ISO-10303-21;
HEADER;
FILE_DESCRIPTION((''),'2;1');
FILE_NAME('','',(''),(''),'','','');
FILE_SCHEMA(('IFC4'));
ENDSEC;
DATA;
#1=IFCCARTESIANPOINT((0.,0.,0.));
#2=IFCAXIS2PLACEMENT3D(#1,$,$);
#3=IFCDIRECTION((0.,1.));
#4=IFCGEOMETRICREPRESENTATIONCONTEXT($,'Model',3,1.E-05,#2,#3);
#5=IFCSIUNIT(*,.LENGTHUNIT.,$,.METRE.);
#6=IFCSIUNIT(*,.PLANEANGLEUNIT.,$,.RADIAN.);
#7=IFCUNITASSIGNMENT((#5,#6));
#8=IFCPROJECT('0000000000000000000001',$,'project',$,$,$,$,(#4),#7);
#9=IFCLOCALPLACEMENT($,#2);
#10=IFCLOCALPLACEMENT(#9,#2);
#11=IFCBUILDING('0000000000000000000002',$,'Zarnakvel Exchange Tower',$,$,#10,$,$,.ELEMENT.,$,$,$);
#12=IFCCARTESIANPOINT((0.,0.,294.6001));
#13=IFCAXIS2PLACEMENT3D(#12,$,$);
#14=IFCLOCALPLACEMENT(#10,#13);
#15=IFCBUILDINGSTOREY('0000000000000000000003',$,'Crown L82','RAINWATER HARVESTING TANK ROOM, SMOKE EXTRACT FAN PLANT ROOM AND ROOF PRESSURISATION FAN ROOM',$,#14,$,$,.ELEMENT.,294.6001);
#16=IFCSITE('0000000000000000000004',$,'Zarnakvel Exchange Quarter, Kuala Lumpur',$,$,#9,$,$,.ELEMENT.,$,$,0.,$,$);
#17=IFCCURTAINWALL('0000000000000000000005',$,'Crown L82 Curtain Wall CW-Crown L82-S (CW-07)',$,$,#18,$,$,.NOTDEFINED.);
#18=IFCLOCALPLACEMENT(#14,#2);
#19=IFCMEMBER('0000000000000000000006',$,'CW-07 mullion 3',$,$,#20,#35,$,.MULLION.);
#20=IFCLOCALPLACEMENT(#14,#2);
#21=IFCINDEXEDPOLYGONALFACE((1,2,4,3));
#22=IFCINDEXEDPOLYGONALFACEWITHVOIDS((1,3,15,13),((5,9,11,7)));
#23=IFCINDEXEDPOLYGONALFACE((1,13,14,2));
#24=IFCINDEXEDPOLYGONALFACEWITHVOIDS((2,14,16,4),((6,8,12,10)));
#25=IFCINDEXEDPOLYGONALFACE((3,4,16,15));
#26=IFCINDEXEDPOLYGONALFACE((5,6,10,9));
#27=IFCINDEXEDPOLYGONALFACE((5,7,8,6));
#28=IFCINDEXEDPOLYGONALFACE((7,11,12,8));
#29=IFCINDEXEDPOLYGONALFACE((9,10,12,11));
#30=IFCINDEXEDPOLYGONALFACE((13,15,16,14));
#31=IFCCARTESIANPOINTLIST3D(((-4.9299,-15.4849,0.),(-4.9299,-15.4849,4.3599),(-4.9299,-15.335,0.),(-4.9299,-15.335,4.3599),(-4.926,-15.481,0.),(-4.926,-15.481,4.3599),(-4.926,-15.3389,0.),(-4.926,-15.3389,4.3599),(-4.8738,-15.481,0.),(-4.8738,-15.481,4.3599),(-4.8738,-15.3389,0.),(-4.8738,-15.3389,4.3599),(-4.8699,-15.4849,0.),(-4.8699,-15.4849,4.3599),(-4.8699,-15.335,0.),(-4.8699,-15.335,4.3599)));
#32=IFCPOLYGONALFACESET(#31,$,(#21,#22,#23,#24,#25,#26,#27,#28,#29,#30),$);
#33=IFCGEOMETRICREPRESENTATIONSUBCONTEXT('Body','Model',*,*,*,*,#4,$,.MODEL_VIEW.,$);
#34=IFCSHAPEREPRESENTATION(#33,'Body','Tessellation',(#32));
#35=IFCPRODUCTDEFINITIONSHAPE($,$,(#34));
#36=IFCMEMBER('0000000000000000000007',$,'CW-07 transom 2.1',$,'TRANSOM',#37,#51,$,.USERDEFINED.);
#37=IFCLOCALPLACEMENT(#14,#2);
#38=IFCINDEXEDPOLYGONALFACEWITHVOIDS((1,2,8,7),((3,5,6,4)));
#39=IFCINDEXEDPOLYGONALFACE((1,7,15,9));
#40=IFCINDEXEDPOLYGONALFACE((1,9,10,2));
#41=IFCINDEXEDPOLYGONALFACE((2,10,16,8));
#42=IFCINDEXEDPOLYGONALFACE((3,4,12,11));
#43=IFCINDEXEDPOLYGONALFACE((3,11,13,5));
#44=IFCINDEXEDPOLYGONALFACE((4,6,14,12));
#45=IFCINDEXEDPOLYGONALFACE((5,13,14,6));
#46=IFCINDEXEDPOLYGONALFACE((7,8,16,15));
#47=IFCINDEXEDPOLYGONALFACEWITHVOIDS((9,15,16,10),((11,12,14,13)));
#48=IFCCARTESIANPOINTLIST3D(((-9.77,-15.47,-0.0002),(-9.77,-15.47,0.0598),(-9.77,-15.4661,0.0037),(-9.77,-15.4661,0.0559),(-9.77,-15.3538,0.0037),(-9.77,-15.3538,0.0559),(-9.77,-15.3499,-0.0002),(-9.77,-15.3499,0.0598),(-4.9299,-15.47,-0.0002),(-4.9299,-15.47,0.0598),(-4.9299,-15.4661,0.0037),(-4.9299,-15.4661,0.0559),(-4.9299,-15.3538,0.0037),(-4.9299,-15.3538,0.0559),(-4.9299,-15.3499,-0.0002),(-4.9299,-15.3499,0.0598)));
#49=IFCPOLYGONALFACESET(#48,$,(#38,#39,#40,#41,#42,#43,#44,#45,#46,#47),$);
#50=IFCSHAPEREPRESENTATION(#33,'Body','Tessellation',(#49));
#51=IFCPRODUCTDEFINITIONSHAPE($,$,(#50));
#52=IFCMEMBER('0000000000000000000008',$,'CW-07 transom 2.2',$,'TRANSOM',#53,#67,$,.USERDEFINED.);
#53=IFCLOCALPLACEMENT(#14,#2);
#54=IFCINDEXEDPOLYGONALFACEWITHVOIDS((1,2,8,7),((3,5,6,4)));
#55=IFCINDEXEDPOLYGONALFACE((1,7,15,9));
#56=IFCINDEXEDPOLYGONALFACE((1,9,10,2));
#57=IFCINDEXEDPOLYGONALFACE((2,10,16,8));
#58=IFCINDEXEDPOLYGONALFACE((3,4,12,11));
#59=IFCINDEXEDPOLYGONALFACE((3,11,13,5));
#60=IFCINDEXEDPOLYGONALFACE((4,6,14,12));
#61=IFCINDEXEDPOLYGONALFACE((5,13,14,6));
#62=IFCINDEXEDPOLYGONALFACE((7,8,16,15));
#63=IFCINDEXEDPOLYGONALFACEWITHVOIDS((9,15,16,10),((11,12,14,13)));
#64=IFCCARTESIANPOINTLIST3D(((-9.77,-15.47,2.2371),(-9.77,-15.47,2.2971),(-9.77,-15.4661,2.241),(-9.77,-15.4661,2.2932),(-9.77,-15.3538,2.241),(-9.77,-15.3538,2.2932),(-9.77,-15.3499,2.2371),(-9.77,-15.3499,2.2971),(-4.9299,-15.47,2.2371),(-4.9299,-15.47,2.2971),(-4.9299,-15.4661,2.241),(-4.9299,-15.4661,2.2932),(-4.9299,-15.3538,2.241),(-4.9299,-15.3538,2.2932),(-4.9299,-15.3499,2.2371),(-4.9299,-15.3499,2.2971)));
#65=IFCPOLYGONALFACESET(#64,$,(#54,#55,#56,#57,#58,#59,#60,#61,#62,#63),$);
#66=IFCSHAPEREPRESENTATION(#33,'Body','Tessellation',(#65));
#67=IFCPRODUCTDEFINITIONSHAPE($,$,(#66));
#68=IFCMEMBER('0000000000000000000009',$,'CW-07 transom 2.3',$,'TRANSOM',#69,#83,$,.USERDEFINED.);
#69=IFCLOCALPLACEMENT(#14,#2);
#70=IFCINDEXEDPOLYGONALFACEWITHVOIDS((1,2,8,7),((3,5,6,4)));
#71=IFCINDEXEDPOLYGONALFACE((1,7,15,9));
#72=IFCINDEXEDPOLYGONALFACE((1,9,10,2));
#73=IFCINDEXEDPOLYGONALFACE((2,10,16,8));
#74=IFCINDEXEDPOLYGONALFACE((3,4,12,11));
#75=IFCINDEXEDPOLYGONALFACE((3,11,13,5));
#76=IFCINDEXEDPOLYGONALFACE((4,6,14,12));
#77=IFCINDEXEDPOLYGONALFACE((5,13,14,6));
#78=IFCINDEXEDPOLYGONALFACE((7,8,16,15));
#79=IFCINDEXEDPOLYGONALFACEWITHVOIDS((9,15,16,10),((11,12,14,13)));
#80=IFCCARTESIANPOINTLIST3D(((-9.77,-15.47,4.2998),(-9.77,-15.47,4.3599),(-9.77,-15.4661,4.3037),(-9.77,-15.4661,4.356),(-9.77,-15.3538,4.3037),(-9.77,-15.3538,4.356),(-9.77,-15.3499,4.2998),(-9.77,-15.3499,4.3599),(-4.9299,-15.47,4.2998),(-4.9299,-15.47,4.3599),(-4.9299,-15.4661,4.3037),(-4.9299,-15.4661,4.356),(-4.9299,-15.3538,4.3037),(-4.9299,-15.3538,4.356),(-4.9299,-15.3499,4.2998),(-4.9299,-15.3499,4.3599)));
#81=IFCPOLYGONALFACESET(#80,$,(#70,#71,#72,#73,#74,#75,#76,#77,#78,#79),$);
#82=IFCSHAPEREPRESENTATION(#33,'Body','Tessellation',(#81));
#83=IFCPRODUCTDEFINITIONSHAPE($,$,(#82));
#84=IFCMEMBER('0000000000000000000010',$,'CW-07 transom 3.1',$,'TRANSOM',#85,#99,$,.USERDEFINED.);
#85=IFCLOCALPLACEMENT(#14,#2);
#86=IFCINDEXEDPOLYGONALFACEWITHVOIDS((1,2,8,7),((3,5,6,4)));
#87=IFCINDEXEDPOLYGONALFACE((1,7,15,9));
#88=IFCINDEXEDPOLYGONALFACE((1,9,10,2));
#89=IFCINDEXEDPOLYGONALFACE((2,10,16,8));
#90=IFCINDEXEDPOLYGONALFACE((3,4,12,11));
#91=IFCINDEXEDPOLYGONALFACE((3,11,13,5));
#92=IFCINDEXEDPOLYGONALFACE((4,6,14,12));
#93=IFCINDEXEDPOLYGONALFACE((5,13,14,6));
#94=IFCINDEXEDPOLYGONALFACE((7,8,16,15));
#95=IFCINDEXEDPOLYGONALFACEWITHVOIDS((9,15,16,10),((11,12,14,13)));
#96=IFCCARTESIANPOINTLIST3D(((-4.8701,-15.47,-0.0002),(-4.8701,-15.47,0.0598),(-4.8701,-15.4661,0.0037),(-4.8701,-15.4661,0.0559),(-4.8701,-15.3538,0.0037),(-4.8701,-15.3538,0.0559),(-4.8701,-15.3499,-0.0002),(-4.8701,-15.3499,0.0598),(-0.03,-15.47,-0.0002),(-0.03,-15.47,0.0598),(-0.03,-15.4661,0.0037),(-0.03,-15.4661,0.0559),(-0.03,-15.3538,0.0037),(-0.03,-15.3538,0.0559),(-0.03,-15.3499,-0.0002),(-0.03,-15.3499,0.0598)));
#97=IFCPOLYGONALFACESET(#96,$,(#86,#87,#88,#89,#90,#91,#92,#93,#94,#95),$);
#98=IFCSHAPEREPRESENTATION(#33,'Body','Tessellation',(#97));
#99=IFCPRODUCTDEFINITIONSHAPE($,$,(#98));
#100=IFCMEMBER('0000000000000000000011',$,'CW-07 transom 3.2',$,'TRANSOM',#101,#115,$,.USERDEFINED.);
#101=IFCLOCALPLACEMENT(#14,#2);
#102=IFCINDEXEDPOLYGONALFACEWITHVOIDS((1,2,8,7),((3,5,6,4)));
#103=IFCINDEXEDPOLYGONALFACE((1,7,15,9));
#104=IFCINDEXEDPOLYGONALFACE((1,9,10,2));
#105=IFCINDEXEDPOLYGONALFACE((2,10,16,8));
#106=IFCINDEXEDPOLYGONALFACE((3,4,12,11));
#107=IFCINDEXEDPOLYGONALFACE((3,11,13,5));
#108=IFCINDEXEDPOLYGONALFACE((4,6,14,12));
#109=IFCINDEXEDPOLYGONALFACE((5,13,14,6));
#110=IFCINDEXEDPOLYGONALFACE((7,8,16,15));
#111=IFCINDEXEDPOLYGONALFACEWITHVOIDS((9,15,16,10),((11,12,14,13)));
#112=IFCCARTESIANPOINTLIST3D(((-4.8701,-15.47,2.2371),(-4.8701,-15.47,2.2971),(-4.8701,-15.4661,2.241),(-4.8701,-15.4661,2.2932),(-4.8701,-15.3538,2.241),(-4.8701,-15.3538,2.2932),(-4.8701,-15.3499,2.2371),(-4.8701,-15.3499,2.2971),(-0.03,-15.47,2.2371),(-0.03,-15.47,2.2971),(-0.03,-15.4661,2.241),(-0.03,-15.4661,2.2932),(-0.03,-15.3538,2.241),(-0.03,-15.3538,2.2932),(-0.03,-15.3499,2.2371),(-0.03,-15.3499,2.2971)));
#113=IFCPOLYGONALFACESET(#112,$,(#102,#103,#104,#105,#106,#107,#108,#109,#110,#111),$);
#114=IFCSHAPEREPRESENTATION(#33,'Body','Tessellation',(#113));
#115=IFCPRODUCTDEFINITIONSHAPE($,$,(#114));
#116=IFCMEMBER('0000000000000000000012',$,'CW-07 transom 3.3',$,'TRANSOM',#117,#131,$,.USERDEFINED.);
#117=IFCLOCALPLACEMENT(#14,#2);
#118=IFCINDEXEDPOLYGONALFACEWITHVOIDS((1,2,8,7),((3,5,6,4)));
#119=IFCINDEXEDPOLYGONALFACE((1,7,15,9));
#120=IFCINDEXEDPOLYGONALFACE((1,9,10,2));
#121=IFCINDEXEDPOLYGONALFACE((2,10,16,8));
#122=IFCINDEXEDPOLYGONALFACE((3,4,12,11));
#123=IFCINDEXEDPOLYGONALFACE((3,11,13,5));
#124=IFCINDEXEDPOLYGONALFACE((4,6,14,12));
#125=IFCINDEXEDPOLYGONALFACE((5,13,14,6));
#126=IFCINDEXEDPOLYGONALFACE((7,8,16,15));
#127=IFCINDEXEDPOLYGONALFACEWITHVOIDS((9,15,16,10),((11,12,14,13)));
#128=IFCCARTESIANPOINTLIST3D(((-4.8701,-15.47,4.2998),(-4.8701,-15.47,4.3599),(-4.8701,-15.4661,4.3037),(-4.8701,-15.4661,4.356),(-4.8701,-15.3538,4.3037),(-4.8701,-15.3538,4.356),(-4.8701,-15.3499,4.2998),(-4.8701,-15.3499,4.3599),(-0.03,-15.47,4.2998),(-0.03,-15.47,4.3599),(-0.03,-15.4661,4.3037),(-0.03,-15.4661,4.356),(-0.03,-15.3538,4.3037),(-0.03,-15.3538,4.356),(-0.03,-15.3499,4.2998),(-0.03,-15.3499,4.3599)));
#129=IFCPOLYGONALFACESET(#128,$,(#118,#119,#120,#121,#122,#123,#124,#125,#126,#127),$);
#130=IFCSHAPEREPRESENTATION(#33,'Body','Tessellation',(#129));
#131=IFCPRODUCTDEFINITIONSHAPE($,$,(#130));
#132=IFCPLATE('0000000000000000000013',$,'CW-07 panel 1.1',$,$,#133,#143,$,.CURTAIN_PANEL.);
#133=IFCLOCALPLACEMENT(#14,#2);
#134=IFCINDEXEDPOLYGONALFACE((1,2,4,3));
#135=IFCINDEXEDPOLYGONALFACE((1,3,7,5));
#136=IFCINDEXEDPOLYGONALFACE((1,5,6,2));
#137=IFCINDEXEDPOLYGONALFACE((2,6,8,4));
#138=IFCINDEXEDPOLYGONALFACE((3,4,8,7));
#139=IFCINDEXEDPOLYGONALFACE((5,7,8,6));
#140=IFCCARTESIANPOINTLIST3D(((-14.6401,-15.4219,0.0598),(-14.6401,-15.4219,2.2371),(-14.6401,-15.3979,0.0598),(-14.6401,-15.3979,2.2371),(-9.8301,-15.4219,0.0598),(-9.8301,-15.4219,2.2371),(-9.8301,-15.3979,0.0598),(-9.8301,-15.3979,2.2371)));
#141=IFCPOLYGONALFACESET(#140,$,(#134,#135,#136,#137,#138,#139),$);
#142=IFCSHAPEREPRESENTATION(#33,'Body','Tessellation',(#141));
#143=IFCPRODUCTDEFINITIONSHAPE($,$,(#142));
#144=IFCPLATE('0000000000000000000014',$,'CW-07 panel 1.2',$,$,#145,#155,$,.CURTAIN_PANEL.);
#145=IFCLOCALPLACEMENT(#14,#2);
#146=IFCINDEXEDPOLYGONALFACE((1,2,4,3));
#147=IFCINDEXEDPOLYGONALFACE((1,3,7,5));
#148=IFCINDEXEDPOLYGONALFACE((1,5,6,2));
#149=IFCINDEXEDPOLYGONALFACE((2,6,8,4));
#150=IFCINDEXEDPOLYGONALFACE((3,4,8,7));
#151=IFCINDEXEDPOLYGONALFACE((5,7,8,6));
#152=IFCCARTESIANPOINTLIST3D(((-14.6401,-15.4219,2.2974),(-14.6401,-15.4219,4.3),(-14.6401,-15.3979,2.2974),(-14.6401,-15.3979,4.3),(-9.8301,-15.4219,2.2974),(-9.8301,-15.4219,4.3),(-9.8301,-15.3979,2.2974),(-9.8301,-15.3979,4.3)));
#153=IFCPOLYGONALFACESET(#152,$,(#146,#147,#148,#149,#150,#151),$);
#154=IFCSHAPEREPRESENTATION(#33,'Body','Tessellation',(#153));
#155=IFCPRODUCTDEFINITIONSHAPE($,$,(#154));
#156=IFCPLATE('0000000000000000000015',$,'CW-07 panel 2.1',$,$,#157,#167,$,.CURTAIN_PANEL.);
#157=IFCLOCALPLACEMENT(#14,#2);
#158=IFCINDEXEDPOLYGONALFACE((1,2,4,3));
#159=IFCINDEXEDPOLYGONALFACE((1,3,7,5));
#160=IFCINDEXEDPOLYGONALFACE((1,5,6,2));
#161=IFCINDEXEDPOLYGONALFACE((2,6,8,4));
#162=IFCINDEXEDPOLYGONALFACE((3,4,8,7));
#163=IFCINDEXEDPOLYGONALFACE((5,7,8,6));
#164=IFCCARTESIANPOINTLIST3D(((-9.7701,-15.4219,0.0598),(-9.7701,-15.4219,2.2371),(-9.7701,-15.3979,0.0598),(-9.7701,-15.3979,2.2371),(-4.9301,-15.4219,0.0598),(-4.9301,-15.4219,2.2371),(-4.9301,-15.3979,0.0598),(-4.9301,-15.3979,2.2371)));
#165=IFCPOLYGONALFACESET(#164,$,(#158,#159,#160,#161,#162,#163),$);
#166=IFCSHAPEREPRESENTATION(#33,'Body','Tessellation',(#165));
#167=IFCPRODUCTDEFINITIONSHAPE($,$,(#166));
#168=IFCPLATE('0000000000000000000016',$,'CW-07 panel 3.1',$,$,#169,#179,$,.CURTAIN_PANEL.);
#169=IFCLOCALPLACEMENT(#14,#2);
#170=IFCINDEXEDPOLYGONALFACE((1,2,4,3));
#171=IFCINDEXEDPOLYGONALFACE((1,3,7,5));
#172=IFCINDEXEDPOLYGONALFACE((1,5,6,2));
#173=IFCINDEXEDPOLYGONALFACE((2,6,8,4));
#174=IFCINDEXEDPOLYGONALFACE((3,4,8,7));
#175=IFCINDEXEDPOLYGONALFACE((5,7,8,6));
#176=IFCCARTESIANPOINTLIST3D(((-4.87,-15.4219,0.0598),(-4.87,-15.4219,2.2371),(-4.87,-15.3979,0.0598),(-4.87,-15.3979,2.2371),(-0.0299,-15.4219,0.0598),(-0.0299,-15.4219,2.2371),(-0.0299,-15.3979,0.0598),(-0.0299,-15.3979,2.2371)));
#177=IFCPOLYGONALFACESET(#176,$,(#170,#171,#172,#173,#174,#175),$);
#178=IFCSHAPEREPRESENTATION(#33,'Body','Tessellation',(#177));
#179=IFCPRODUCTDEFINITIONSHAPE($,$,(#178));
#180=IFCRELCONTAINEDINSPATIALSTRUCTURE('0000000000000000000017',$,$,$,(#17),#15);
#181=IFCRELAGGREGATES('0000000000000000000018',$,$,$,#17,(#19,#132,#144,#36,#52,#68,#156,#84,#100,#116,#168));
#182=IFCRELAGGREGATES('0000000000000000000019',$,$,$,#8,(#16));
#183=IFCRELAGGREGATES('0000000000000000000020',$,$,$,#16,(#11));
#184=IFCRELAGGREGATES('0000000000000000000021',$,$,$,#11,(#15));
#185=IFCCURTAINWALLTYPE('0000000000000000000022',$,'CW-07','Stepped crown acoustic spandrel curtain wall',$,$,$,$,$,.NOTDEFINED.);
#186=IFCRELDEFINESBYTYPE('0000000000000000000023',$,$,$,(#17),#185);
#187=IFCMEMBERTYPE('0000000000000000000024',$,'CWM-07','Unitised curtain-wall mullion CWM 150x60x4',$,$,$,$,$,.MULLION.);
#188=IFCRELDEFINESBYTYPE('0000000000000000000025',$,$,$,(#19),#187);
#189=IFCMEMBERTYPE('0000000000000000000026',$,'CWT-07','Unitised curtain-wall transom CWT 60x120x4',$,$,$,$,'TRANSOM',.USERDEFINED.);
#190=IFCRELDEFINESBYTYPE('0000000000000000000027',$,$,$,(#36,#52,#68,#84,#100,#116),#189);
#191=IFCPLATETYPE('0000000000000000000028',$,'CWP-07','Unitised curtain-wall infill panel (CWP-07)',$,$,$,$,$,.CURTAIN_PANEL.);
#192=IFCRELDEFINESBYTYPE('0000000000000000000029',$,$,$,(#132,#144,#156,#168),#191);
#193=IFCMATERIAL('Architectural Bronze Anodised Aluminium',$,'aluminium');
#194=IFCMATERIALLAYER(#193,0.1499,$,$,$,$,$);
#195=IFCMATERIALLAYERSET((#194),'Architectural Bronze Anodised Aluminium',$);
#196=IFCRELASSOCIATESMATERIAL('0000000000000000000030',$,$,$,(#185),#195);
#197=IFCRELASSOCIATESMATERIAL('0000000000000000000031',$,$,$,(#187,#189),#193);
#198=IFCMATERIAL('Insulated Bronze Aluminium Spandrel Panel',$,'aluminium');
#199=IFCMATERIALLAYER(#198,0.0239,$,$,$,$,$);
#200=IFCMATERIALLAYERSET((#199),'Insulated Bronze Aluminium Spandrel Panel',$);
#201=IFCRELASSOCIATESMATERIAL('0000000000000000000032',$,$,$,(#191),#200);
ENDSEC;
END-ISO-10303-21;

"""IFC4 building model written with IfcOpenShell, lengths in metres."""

from ifc_helpers import new_model, si_unit, direction, frame, origin, origin_2d, place, context, subcontext, project, spatial, rectangle, hollow_rectangle, extrude, source, transform, mapped, material, layer, layer_set, material_profile, profile_set, type_object, element, aggregate, save


model = new_model("IFC4")

# Units and contexts
model_context = context("Model", 3, precision=1e-05, world=origin(), true_north=direction((0.0, 1.0)))
body_context = subcontext(model_context, "Body", "Model", "MODEL_VIEW")
ifc_project = project(units=[si_unit("LENGTHUNIT", "METRE"), si_unit("PLANEANGLEUNIT", "RADIAN")], contexts=[model_context])

# Site, building, storey
site_placement = place(None, origin())
site = spatial("IfcSite", under=ifc_project, at=site_placement, Name="Zarnakvel Exchange Quarter, Kuala Lumpur", CompositionType="ELEMENT", RefElevation=0.0)
building_placement = place(site_placement, origin())
building = spatial("IfcBuilding", under=site, at=building_placement, Name="Zarnakvel Exchange Tower", CompositionType="ELEMENT")
storey_placement = place(building_placement, frame((0.0, 0.0, 294.6001)))
storey = spatial("IfcBuildingStorey", under=building, at=storey_placement, Name="Crown L82", Description="RAINWATER HARVESTING TANK ROOM, SMOKE EXTRACT FAN PLANT ROOM AND ROOF PRESSURISATION FAN ROOM", CompositionType="ELEMENT", Elevation=294.6001)

# Curtain wall, members, plates
ifc_material_1 = material(Name="Architectural Bronze Anodised Aluminium", Category="aluminium")
ifc_layer_1 = layer(ifc_material_1, 0.1499)
ifc_layer_set_1 = layer_set([ifc_layer_1], Name="Architectural Bronze Anodised Aluminium")
curtain_wall_type = type_object("IfcCurtainWallType", Name="CW-07", Description="Stepped crown acoustic spandrel curtain wall", PredefinedType="NOTDEFINED", material=ifc_layer_set_1)
curtain_wall_placement = place(storey_placement, origin())
curtain_wall = element("IfcCurtainWall", 1, at=curtain_wall_placement, inside=storey, type_object=curtain_wall_type, Name="Crown L82 Curtain Wall CW-Crown L82-S (CW-07)", PredefinedType="NOTDEFINED")
ifc_material_profile_1 = material_profile(ifc_material_1, hollow_rectangle(XDim=0.1499, YDim=0.0601, WallThickness=0.0039, at=origin_2d()))
ifc_profile_set_1 = profile_set([ifc_material_profile_1], Name="Architectural Bronze Anodised Aluminium")
member_type_1 = type_object("IfcMemberType", Name="CWM-07", Description="Unitised curtain-wall mullion CWM 150x60x4", PredefinedType="MULLION", material=ifc_profile_set_1)
shared_shape_1 = source(origin(), body_context, "Body", "SweptSolid", [
    extrude(hollow_rectangle(XDim=0.1499, YDim=0.0601, WallThickness=0.0039, at=origin_2d()), origin(), (0.0, 0.0, 1.0), 4.3599),
])
member_1_placement = place(storey_placement, frame((-4.8999, -15.4099, 0.0), z_axis=(0.0, 0.0, 1.0), x_axis=(0.0, 1.0, 0.0)))
member_1 = element("IfcMember", 2, at=member_1_placement, type_object=member_type_1, Name="CW-07 mullion 3", PredefinedType="MULLION", context=body_context, shape_type="MappedRepresentation", body=[
    mapped(shared_shape_1, transform((0.0, 0.0, 0.0), x_axis=(1.0, 0.0, 0.0), y_axis=(0.0, 1.0, 0.0), z_axis=(0.0, 0.0, 1.0), scale=1.0)),
])
ifc_material_profile_2 = material_profile(ifc_material_1, hollow_rectangle(XDim=0.1201, YDim=0.0601, WallThickness=0.0039, at=origin_2d()))
ifc_profile_set_2 = profile_set([ifc_material_profile_2], Name="Architectural Bronze Anodised Aluminium")
member_type_2 = type_object("IfcMemberType", Name="CWT-07", Description="Unitised curtain-wall transom CWT 60x120x4", ElementType="TRANSOM", PredefinedType="USERDEFINED", material=ifc_profile_set_2)
shared_shape_2 = source(origin(), body_context, "Body", "SweptSolid", [
    extrude(hollow_rectangle(XDim=0.1201, YDim=0.0601, WallThickness=0.0039, at=origin_2d()), origin(), (0.0, 0.0, 1.0), 4.8401),
])
member_2_placement = place(storey_placement, frame((-9.77, -15.4099, 0.0298), z_axis=(1.0, 0.0, 0.0), x_axis=(0.0, 1.0, 0.0)))
member_2 = element("IfcMember", 3, at=member_2_placement, type_object=member_type_2, Name="CW-07 transom 2.1", ObjectType="TRANSOM", PredefinedType="USERDEFINED", context=body_context, shape_type="MappedRepresentation", body=[
    mapped(shared_shape_2, transform((0.0, 0.0, 0.0), x_axis=(1.0, 0.0, 0.0), y_axis=(0.0, 1.0, 0.0), z_axis=(0.0, 0.0, 1.0), scale=1.0)),
])
member_3_placement = place(storey_placement, frame((-9.77, -15.4099, 2.2671), z_axis=(1.0, 0.0, 0.0), x_axis=(0.0, 1.0, 0.0)))
member_3 = element("IfcMember", 4, at=member_3_placement, type_object=member_type_2, Name="CW-07 transom 2.2", ObjectType="TRANSOM", PredefinedType="USERDEFINED", context=body_context, shape_type="MappedRepresentation", body=[
    mapped(shared_shape_2, transform((0.0, 0.0, 0.0), x_axis=(1.0, 0.0, 0.0), y_axis=(0.0, 1.0, 0.0), z_axis=(0.0, 0.0, 1.0), scale=1.0)),
])
member_4_placement = place(storey_placement, frame((-9.77, -15.4099, 4.3298), z_axis=(1.0, 0.0, 0.0), x_axis=(0.0, 1.0, 0.0)))
member_4 = element("IfcMember", 5, at=member_4_placement, type_object=member_type_2, Name="CW-07 transom 2.3", ObjectType="TRANSOM", PredefinedType="USERDEFINED", context=body_context, shape_type="MappedRepresentation", body=[
    mapped(shared_shape_2, transform((0.0, 0.0, 0.0), x_axis=(1.0, 0.0, 0.0), y_axis=(0.0, 1.0, 0.0), z_axis=(0.0, 0.0, 1.0), scale=1.0)),
])
member_5_placement = place(storey_placement, frame((-4.8701, -15.4099, 0.0298), z_axis=(1.0, 0.0, 0.0), x_axis=(0.0, 1.0, 0.0)))
member_5 = element("IfcMember", 6, at=member_5_placement, type_object=member_type_2, Name="CW-07 transom 3.1", ObjectType="TRANSOM", PredefinedType="USERDEFINED", context=body_context, shape_type="MappedRepresentation", body=[
    mapped(shared_shape_2, transform((0.0, 0.0, 0.0), x_axis=(1.0, 0.0, 0.0), y_axis=(0.0, 1.0, 0.0), z_axis=(0.0, 0.0, 1.0), scale=1.0)),
])
member_6_placement = place(storey_placement, frame((-4.8701, -15.4099, 2.2671), z_axis=(1.0, 0.0, 0.0), x_axis=(0.0, 1.0, 0.0)))
member_6 = element("IfcMember", 7, at=member_6_placement, type_object=member_type_2, Name="CW-07 transom 3.2", ObjectType="TRANSOM", PredefinedType="USERDEFINED", context=body_context, shape_type="MappedRepresentation", body=[
    mapped(shared_shape_2, transform((0.0, 0.0, 0.0), x_axis=(1.0, 0.0, 0.0), y_axis=(0.0, 1.0, 0.0), z_axis=(0.0, 0.0, 1.0), scale=1.0)),
])
member_7_placement = place(storey_placement, frame((-4.8701, -15.4099, 4.3298), z_axis=(1.0, 0.0, 0.0), x_axis=(0.0, 1.0, 0.0)))
member_7 = element("IfcMember", 8, at=member_7_placement, type_object=member_type_2, Name="CW-07 transom 3.3", ObjectType="TRANSOM", PredefinedType="USERDEFINED", context=body_context, shape_type="MappedRepresentation", body=[
    mapped(shared_shape_2, transform((0.0, 0.0, 0.0), x_axis=(1.0, 0.0, 0.0), y_axis=(0.0, 1.0, 0.0), z_axis=(0.0, 0.0, 1.0), scale=1.0)),
])
ifc_material_2 = material(Name="Insulated Bronze Aluminium Spandrel Panel", Category="aluminium")
ifc_layer_2 = layer(ifc_material_2, 0.0239)
ifc_layer_set_2 = layer_set([ifc_layer_2], Name="Insulated Bronze Aluminium Spandrel Panel")
plate_type = type_object("IfcPlateType", Name="CWP-07", Description="Unitised curtain-wall infill panel (CWP-07)", PredefinedType="CURTAIN_PANEL", material=ifc_layer_set_2)
shared_shape_3 = source(origin(), body_context, "Body", "SweptSolid", [
    extrude(rectangle(XDim=4.8101, YDim=0.0239, at=origin_2d()), origin(), (0.0, 0.0, 1.0), 2.1772),
])
plate_1_placement = place(storey_placement, frame((-12.2351, -15.4099, 0.0598), z_axis=(0.0, 0.0, 1.0), x_axis=(1.0, 0.0, 0.0)))
plate_1 = element("IfcPlate", 9, at=plate_1_placement, type_object=plate_type, Name="CW-07 panel 1.1", PredefinedType="CURTAIN_PANEL", context=body_context, shape_type="MappedRepresentation", body=[
    mapped(shared_shape_3, transform((0.0, 0.0, 0.0), x_axis=(1.0, 0.0, 0.0), y_axis=(0.0, 1.0, 0.0), z_axis=(0.0, 0.0, 1.0), scale=1.0)),
])
shared_shape_4 = source(origin(), body_context, "Body", "SweptSolid", [
    extrude(rectangle(XDim=4.8101, YDim=0.0239, at=origin_2d()), origin(), (0.0, 0.0, 1.0), 2.0027),
])
plate_2_placement = place(storey_placement, frame((-12.2351, -15.4099, 2.2974), z_axis=(0.0, 0.0, 1.0), x_axis=(1.0, 0.0, 0.0)))
plate_2 = element("IfcPlate", 10, at=plate_2_placement, type_object=plate_type, Name="CW-07 panel 1.2", PredefinedType="CURTAIN_PANEL", context=body_context, shape_type="MappedRepresentation", body=[
    mapped(shared_shape_4, transform((0.0, 0.0, 0.0), x_axis=(1.0, 0.0, 0.0), y_axis=(0.0, 1.0, 0.0), z_axis=(0.0, 0.0, 1.0), scale=1.0)),
])
shared_shape_5 = source(origin(), body_context, "Body", "SweptSolid", [
    extrude(rectangle(XDim=4.8401, YDim=0.0239, at=origin_2d()), origin(), (0.0, 0.0, 1.0), 2.1772),
])
plate_3_placement = place(storey_placement, frame((-7.3501, -15.4099, 0.0598), z_axis=(0.0, 0.0, 1.0), x_axis=(1.0, 0.0, 0.0)))
plate_3 = element("IfcPlate", 11, at=plate_3_placement, type_object=plate_type, Name="CW-07 panel 2.1", PredefinedType="CURTAIN_PANEL", context=body_context, shape_type="MappedRepresentation", body=[
    mapped(shared_shape_5, transform((0.0, 0.0, 0.0), x_axis=(1.0, 0.0, 0.0), y_axis=(0.0, 1.0, 0.0), z_axis=(0.0, 0.0, 1.0), scale=1.0)),
])
plate_4_placement = place(storey_placement, frame((-2.45, -15.4099, 0.0598), z_axis=(0.0, 0.0, 1.0), x_axis=(1.0, 0.0, 0.0)))
plate_4 = element("IfcPlate", 12, at=plate_4_placement, type_object=plate_type, Name="CW-07 panel 3.1", PredefinedType="CURTAIN_PANEL", context=body_context, shape_type="MappedRepresentation", body=[
    mapped(shared_shape_5, transform((0.0, 0.0, 0.0), x_axis=(1.0, 0.0, 0.0), y_axis=(0.0, 1.0, 0.0), z_axis=(0.0, 0.0, 1.0), scale=1.0)),
])
aggregate(curtain_wall, [member_1, plate_1, plate_2, member_2, member_3, member_4, plate_3, member_5, member_6, member_7, plate_4])

save(model, "model.ifc")
